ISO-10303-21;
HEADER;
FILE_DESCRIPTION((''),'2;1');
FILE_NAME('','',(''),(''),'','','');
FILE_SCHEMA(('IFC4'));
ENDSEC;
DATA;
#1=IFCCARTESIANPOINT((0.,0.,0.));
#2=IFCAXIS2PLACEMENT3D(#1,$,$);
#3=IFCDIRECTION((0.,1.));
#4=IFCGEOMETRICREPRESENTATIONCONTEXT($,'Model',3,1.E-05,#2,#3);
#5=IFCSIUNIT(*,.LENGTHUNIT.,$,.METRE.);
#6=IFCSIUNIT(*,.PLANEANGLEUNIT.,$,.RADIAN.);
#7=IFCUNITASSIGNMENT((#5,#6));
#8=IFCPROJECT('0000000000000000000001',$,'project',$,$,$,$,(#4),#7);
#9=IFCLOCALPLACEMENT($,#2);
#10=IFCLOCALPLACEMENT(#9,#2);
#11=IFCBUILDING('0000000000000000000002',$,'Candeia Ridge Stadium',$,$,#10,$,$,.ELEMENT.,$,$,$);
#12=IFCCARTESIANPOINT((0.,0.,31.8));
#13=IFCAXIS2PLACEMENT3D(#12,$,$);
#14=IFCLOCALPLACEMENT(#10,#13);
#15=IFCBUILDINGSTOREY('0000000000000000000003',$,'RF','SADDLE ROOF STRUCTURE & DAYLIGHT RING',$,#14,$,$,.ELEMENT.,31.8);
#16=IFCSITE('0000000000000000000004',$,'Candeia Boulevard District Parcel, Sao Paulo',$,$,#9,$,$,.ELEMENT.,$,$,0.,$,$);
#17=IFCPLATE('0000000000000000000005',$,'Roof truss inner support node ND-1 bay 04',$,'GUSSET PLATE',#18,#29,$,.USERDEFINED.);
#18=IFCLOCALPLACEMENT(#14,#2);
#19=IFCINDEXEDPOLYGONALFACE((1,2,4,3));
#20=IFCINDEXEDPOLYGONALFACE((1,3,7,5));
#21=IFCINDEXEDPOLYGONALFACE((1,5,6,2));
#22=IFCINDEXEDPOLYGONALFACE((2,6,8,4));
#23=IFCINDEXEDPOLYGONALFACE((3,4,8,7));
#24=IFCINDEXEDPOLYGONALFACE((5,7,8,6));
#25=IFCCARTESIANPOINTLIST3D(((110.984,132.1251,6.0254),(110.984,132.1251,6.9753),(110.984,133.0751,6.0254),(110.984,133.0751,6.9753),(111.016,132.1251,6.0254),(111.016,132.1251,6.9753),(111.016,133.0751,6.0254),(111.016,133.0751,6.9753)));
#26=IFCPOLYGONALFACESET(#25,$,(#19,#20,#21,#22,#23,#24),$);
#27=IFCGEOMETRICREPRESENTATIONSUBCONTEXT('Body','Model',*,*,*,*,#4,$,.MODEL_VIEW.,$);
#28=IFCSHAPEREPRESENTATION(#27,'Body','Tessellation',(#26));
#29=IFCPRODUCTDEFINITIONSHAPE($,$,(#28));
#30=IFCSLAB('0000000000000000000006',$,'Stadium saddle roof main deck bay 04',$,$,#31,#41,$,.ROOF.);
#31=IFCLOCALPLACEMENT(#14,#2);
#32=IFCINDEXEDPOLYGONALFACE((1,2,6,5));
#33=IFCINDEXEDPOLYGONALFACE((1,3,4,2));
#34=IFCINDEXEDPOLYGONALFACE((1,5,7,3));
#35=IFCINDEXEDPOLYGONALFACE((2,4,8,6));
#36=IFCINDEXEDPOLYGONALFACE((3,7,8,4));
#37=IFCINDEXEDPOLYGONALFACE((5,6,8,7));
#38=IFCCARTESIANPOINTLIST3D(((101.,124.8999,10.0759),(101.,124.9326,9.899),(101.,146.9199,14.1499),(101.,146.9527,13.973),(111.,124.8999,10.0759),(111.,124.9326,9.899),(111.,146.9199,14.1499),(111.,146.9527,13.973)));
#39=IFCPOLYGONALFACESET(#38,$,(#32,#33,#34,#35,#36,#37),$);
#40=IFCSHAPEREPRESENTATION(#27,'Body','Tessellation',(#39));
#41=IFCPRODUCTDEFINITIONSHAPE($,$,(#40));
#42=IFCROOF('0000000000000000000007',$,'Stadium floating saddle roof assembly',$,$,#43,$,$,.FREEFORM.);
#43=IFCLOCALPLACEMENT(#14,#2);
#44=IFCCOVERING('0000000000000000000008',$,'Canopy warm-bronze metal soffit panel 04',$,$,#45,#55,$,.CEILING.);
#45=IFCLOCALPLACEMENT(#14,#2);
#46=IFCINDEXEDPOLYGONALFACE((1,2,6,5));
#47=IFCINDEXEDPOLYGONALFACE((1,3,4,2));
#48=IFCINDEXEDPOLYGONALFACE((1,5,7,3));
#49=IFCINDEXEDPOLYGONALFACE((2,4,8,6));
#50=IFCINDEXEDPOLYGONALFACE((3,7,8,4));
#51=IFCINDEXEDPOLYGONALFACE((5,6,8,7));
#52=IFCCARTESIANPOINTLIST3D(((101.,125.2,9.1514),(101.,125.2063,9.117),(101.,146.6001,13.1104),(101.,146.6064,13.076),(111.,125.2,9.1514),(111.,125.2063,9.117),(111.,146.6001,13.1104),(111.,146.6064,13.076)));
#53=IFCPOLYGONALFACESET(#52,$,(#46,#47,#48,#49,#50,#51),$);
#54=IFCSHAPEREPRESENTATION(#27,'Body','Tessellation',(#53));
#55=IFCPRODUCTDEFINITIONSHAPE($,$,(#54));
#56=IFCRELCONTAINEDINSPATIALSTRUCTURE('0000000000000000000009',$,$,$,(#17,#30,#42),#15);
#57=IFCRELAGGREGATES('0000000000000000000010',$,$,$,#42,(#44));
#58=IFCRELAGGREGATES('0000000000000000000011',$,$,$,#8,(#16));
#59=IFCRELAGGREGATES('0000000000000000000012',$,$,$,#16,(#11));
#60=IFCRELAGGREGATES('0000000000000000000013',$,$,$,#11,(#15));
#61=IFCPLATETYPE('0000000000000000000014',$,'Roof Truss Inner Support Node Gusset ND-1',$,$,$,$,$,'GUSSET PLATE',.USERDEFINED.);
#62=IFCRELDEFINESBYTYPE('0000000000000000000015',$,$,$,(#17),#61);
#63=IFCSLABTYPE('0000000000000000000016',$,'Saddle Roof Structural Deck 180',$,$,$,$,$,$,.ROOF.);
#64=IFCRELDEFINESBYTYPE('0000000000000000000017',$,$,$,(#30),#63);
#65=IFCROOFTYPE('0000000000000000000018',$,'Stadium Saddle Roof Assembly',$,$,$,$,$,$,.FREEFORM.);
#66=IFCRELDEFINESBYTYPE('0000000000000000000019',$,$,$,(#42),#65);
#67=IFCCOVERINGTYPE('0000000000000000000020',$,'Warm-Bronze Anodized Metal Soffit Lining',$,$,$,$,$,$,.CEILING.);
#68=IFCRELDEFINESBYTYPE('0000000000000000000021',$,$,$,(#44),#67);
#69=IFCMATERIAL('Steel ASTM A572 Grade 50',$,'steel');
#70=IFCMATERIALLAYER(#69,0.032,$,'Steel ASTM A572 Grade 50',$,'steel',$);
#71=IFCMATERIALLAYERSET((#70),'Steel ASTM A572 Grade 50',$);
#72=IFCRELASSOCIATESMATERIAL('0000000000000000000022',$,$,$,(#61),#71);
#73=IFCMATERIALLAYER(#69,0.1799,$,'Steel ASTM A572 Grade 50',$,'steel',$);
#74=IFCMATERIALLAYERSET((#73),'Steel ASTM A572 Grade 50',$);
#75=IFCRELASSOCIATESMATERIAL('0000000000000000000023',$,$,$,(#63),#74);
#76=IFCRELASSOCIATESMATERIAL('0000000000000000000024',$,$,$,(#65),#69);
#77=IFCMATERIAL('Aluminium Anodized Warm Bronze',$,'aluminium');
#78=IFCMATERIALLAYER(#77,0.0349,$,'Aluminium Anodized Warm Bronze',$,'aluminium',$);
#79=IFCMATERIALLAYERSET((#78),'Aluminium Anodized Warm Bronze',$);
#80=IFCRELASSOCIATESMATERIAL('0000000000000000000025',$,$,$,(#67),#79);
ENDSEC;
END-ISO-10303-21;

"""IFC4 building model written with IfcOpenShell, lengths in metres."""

from ifc_helpers import new_model, si_unit, direction, frame, origin, origin_2d, place, context, subcontext, project, spatial, polyline, rectangle, outline, extrude, material, layer, layer_set, type_object, element, aggregate, save


model = new_model("IFC4")

# Units and contexts
model_context = context("Model", 3, precision=1e-05, world=origin(), true_north=direction((0.0, 1.0)))
body_context = subcontext(model_context, "Body", "Model", "MODEL_VIEW")
ifc_project = project(units=[si_unit("LENGTHUNIT", "METRE"), si_unit("PLANEANGLEUNIT", "RADIAN")], contexts=[model_context])

# Site, building, storey
site_placement = place(None, origin())
site = spatial("IfcSite", under=ifc_project, at=site_placement, Name="Candeia Boulevard District Parcel, Sao Paulo", CompositionType="ELEMENT", RefElevation=0.0)
building_placement = place(site_placement, origin())
building = spatial("IfcBuilding", under=site, at=building_placement, Name="Candeia Ridge Stadium", CompositionType="ELEMENT")
storey_placement = place(building_placement, frame((0.0, 0.0, 31.8)))
storey = spatial("IfcBuildingStorey", under=building, at=storey_placement, Name="RF", Description="SADDLE ROOF STRUCTURE & DAYLIGHT RING", CompositionType="ELEMENT", Elevation=31.8)

# Shared definitions
ifc_material_1 = material(Name="Steel ASTM A572 Grade 50", Category="steel")

# Plate
ifc_layer_1 = layer(ifc_material_1, 0.032, Name="Steel ASTM A572 Grade 50", Category="steel")
ifc_layer_set_1 = layer_set([ifc_layer_1], Name="Steel ASTM A572 Grade 50")
plate_type_1 = type_object("IfcPlateType", Name="Roof Truss Inner Support Node Gusset ND-1", ElementType="GUSSET PLATE", PredefinedType="USERDEFINED", material=ifc_layer_set_1)
plate_1_placement = place(storey_placement, frame((111.0, 132.6001, 6.0254), z_axis=(0.0, 0.0, 1.0), x_axis=(0.0, 1.0, 0.0)))
element("IfcPlate", 1, at=plate_1_placement, inside=storey, type_object=plate_type_1, Name="Roof truss inner support node ND-1 bay 04", ObjectType="GUSSET PLATE", PredefinedType="USERDEFINED", context=body_context, shape_type="SweptSolid", body=[
    extrude(rectangle(XDim=0.95, YDim=0.032, at=origin_2d()), origin(), (0.0, 0.0, 1.0), 0.95),
])

# Slab
ifc_layer_2 = layer(ifc_material_1, 0.1799, Name="Steel ASTM A572 Grade 50", Category="steel")
ifc_layer_set_2 = layer_set([ifc_layer_2], Name="Steel ASTM A572 Grade 50")
slab_type = type_object("IfcSlabType", Name="Saddle Roof Structural Deck 180", PredefinedType="ROOF", material=ifc_layer_set_2)
slab_placement = place(storey_placement, frame((111.0, 124.8999, 10.0759), z_axis=(0.0, -0.181925, 0.983312), x_axis=(-1.0, 0.0, 0.0)))
element("IfcSlab", 2, at=slab_placement, inside=storey, type_object=slab_type, Name="Stadium saddle roof main deck bay 04", PredefinedType="ROOF", context=body_context, shape_type="SweptSolid", body=[
    extrude(outline(polyline([(0.0, 0.0), (10.0, 0.0), (10.0, -22.3937), (0.0, -22.3937), (0.0, 0.0)])), origin(), (0.0, 0.0, -1.0), 0.1799),
])

# Roof, covering
roof_type = type_object("IfcRoofType", Name="Stadium Saddle Roof Assembly", PredefinedType="FREEFORM", material=ifc_material_1)
roof_placement = place(storey_placement, origin())
roof = element("IfcRoof", 3, at=roof_placement, inside=storey, type_object=roof_type, Name="Stadium floating saddle roof assembly", PredefinedType="FREEFORM")
ifc_material_2 = material(Name="Aluminium Anodized Warm Bronze", Category="aluminium")
ifc_layer_3 = layer(ifc_material_2, 0.0349, Name="Aluminium Anodized Warm Bronze", Category="aluminium")
ifc_layer_set_3 = layer_set([ifc_layer_3], Name="Aluminium Anodized Warm Bronze")
covering_type = type_object("IfcCoveringType", Name="Warm-Bronze Anodized Metal Soffit Lining", PredefinedType="CEILING", material=ifc_layer_set_3)
covering_placement = place(storey_placement, frame((111.0, 125.2, 9.1514), z_axis=(0.0, -0.181911, 0.983315), x_axis=(-1.0, 0.0, 0.0)))
covering = element("IfcCovering", 4, at=covering_placement, type_object=covering_type, Name="Canopy warm-bronze metal soffit panel 04", PredefinedType="CEILING", context=body_context, shape_type="SweptSolid", body=[
    extrude(outline(polyline([(0.0, 0.0), (10.0, 0.0), (10.0, -21.7633), (0.0, -21.7633), (0.0, 0.0)])), origin(), (0.0, 0.0, -1.0), 0.0349),
])
aggregate(roof, [covering])

save(model, "model.ifc")
